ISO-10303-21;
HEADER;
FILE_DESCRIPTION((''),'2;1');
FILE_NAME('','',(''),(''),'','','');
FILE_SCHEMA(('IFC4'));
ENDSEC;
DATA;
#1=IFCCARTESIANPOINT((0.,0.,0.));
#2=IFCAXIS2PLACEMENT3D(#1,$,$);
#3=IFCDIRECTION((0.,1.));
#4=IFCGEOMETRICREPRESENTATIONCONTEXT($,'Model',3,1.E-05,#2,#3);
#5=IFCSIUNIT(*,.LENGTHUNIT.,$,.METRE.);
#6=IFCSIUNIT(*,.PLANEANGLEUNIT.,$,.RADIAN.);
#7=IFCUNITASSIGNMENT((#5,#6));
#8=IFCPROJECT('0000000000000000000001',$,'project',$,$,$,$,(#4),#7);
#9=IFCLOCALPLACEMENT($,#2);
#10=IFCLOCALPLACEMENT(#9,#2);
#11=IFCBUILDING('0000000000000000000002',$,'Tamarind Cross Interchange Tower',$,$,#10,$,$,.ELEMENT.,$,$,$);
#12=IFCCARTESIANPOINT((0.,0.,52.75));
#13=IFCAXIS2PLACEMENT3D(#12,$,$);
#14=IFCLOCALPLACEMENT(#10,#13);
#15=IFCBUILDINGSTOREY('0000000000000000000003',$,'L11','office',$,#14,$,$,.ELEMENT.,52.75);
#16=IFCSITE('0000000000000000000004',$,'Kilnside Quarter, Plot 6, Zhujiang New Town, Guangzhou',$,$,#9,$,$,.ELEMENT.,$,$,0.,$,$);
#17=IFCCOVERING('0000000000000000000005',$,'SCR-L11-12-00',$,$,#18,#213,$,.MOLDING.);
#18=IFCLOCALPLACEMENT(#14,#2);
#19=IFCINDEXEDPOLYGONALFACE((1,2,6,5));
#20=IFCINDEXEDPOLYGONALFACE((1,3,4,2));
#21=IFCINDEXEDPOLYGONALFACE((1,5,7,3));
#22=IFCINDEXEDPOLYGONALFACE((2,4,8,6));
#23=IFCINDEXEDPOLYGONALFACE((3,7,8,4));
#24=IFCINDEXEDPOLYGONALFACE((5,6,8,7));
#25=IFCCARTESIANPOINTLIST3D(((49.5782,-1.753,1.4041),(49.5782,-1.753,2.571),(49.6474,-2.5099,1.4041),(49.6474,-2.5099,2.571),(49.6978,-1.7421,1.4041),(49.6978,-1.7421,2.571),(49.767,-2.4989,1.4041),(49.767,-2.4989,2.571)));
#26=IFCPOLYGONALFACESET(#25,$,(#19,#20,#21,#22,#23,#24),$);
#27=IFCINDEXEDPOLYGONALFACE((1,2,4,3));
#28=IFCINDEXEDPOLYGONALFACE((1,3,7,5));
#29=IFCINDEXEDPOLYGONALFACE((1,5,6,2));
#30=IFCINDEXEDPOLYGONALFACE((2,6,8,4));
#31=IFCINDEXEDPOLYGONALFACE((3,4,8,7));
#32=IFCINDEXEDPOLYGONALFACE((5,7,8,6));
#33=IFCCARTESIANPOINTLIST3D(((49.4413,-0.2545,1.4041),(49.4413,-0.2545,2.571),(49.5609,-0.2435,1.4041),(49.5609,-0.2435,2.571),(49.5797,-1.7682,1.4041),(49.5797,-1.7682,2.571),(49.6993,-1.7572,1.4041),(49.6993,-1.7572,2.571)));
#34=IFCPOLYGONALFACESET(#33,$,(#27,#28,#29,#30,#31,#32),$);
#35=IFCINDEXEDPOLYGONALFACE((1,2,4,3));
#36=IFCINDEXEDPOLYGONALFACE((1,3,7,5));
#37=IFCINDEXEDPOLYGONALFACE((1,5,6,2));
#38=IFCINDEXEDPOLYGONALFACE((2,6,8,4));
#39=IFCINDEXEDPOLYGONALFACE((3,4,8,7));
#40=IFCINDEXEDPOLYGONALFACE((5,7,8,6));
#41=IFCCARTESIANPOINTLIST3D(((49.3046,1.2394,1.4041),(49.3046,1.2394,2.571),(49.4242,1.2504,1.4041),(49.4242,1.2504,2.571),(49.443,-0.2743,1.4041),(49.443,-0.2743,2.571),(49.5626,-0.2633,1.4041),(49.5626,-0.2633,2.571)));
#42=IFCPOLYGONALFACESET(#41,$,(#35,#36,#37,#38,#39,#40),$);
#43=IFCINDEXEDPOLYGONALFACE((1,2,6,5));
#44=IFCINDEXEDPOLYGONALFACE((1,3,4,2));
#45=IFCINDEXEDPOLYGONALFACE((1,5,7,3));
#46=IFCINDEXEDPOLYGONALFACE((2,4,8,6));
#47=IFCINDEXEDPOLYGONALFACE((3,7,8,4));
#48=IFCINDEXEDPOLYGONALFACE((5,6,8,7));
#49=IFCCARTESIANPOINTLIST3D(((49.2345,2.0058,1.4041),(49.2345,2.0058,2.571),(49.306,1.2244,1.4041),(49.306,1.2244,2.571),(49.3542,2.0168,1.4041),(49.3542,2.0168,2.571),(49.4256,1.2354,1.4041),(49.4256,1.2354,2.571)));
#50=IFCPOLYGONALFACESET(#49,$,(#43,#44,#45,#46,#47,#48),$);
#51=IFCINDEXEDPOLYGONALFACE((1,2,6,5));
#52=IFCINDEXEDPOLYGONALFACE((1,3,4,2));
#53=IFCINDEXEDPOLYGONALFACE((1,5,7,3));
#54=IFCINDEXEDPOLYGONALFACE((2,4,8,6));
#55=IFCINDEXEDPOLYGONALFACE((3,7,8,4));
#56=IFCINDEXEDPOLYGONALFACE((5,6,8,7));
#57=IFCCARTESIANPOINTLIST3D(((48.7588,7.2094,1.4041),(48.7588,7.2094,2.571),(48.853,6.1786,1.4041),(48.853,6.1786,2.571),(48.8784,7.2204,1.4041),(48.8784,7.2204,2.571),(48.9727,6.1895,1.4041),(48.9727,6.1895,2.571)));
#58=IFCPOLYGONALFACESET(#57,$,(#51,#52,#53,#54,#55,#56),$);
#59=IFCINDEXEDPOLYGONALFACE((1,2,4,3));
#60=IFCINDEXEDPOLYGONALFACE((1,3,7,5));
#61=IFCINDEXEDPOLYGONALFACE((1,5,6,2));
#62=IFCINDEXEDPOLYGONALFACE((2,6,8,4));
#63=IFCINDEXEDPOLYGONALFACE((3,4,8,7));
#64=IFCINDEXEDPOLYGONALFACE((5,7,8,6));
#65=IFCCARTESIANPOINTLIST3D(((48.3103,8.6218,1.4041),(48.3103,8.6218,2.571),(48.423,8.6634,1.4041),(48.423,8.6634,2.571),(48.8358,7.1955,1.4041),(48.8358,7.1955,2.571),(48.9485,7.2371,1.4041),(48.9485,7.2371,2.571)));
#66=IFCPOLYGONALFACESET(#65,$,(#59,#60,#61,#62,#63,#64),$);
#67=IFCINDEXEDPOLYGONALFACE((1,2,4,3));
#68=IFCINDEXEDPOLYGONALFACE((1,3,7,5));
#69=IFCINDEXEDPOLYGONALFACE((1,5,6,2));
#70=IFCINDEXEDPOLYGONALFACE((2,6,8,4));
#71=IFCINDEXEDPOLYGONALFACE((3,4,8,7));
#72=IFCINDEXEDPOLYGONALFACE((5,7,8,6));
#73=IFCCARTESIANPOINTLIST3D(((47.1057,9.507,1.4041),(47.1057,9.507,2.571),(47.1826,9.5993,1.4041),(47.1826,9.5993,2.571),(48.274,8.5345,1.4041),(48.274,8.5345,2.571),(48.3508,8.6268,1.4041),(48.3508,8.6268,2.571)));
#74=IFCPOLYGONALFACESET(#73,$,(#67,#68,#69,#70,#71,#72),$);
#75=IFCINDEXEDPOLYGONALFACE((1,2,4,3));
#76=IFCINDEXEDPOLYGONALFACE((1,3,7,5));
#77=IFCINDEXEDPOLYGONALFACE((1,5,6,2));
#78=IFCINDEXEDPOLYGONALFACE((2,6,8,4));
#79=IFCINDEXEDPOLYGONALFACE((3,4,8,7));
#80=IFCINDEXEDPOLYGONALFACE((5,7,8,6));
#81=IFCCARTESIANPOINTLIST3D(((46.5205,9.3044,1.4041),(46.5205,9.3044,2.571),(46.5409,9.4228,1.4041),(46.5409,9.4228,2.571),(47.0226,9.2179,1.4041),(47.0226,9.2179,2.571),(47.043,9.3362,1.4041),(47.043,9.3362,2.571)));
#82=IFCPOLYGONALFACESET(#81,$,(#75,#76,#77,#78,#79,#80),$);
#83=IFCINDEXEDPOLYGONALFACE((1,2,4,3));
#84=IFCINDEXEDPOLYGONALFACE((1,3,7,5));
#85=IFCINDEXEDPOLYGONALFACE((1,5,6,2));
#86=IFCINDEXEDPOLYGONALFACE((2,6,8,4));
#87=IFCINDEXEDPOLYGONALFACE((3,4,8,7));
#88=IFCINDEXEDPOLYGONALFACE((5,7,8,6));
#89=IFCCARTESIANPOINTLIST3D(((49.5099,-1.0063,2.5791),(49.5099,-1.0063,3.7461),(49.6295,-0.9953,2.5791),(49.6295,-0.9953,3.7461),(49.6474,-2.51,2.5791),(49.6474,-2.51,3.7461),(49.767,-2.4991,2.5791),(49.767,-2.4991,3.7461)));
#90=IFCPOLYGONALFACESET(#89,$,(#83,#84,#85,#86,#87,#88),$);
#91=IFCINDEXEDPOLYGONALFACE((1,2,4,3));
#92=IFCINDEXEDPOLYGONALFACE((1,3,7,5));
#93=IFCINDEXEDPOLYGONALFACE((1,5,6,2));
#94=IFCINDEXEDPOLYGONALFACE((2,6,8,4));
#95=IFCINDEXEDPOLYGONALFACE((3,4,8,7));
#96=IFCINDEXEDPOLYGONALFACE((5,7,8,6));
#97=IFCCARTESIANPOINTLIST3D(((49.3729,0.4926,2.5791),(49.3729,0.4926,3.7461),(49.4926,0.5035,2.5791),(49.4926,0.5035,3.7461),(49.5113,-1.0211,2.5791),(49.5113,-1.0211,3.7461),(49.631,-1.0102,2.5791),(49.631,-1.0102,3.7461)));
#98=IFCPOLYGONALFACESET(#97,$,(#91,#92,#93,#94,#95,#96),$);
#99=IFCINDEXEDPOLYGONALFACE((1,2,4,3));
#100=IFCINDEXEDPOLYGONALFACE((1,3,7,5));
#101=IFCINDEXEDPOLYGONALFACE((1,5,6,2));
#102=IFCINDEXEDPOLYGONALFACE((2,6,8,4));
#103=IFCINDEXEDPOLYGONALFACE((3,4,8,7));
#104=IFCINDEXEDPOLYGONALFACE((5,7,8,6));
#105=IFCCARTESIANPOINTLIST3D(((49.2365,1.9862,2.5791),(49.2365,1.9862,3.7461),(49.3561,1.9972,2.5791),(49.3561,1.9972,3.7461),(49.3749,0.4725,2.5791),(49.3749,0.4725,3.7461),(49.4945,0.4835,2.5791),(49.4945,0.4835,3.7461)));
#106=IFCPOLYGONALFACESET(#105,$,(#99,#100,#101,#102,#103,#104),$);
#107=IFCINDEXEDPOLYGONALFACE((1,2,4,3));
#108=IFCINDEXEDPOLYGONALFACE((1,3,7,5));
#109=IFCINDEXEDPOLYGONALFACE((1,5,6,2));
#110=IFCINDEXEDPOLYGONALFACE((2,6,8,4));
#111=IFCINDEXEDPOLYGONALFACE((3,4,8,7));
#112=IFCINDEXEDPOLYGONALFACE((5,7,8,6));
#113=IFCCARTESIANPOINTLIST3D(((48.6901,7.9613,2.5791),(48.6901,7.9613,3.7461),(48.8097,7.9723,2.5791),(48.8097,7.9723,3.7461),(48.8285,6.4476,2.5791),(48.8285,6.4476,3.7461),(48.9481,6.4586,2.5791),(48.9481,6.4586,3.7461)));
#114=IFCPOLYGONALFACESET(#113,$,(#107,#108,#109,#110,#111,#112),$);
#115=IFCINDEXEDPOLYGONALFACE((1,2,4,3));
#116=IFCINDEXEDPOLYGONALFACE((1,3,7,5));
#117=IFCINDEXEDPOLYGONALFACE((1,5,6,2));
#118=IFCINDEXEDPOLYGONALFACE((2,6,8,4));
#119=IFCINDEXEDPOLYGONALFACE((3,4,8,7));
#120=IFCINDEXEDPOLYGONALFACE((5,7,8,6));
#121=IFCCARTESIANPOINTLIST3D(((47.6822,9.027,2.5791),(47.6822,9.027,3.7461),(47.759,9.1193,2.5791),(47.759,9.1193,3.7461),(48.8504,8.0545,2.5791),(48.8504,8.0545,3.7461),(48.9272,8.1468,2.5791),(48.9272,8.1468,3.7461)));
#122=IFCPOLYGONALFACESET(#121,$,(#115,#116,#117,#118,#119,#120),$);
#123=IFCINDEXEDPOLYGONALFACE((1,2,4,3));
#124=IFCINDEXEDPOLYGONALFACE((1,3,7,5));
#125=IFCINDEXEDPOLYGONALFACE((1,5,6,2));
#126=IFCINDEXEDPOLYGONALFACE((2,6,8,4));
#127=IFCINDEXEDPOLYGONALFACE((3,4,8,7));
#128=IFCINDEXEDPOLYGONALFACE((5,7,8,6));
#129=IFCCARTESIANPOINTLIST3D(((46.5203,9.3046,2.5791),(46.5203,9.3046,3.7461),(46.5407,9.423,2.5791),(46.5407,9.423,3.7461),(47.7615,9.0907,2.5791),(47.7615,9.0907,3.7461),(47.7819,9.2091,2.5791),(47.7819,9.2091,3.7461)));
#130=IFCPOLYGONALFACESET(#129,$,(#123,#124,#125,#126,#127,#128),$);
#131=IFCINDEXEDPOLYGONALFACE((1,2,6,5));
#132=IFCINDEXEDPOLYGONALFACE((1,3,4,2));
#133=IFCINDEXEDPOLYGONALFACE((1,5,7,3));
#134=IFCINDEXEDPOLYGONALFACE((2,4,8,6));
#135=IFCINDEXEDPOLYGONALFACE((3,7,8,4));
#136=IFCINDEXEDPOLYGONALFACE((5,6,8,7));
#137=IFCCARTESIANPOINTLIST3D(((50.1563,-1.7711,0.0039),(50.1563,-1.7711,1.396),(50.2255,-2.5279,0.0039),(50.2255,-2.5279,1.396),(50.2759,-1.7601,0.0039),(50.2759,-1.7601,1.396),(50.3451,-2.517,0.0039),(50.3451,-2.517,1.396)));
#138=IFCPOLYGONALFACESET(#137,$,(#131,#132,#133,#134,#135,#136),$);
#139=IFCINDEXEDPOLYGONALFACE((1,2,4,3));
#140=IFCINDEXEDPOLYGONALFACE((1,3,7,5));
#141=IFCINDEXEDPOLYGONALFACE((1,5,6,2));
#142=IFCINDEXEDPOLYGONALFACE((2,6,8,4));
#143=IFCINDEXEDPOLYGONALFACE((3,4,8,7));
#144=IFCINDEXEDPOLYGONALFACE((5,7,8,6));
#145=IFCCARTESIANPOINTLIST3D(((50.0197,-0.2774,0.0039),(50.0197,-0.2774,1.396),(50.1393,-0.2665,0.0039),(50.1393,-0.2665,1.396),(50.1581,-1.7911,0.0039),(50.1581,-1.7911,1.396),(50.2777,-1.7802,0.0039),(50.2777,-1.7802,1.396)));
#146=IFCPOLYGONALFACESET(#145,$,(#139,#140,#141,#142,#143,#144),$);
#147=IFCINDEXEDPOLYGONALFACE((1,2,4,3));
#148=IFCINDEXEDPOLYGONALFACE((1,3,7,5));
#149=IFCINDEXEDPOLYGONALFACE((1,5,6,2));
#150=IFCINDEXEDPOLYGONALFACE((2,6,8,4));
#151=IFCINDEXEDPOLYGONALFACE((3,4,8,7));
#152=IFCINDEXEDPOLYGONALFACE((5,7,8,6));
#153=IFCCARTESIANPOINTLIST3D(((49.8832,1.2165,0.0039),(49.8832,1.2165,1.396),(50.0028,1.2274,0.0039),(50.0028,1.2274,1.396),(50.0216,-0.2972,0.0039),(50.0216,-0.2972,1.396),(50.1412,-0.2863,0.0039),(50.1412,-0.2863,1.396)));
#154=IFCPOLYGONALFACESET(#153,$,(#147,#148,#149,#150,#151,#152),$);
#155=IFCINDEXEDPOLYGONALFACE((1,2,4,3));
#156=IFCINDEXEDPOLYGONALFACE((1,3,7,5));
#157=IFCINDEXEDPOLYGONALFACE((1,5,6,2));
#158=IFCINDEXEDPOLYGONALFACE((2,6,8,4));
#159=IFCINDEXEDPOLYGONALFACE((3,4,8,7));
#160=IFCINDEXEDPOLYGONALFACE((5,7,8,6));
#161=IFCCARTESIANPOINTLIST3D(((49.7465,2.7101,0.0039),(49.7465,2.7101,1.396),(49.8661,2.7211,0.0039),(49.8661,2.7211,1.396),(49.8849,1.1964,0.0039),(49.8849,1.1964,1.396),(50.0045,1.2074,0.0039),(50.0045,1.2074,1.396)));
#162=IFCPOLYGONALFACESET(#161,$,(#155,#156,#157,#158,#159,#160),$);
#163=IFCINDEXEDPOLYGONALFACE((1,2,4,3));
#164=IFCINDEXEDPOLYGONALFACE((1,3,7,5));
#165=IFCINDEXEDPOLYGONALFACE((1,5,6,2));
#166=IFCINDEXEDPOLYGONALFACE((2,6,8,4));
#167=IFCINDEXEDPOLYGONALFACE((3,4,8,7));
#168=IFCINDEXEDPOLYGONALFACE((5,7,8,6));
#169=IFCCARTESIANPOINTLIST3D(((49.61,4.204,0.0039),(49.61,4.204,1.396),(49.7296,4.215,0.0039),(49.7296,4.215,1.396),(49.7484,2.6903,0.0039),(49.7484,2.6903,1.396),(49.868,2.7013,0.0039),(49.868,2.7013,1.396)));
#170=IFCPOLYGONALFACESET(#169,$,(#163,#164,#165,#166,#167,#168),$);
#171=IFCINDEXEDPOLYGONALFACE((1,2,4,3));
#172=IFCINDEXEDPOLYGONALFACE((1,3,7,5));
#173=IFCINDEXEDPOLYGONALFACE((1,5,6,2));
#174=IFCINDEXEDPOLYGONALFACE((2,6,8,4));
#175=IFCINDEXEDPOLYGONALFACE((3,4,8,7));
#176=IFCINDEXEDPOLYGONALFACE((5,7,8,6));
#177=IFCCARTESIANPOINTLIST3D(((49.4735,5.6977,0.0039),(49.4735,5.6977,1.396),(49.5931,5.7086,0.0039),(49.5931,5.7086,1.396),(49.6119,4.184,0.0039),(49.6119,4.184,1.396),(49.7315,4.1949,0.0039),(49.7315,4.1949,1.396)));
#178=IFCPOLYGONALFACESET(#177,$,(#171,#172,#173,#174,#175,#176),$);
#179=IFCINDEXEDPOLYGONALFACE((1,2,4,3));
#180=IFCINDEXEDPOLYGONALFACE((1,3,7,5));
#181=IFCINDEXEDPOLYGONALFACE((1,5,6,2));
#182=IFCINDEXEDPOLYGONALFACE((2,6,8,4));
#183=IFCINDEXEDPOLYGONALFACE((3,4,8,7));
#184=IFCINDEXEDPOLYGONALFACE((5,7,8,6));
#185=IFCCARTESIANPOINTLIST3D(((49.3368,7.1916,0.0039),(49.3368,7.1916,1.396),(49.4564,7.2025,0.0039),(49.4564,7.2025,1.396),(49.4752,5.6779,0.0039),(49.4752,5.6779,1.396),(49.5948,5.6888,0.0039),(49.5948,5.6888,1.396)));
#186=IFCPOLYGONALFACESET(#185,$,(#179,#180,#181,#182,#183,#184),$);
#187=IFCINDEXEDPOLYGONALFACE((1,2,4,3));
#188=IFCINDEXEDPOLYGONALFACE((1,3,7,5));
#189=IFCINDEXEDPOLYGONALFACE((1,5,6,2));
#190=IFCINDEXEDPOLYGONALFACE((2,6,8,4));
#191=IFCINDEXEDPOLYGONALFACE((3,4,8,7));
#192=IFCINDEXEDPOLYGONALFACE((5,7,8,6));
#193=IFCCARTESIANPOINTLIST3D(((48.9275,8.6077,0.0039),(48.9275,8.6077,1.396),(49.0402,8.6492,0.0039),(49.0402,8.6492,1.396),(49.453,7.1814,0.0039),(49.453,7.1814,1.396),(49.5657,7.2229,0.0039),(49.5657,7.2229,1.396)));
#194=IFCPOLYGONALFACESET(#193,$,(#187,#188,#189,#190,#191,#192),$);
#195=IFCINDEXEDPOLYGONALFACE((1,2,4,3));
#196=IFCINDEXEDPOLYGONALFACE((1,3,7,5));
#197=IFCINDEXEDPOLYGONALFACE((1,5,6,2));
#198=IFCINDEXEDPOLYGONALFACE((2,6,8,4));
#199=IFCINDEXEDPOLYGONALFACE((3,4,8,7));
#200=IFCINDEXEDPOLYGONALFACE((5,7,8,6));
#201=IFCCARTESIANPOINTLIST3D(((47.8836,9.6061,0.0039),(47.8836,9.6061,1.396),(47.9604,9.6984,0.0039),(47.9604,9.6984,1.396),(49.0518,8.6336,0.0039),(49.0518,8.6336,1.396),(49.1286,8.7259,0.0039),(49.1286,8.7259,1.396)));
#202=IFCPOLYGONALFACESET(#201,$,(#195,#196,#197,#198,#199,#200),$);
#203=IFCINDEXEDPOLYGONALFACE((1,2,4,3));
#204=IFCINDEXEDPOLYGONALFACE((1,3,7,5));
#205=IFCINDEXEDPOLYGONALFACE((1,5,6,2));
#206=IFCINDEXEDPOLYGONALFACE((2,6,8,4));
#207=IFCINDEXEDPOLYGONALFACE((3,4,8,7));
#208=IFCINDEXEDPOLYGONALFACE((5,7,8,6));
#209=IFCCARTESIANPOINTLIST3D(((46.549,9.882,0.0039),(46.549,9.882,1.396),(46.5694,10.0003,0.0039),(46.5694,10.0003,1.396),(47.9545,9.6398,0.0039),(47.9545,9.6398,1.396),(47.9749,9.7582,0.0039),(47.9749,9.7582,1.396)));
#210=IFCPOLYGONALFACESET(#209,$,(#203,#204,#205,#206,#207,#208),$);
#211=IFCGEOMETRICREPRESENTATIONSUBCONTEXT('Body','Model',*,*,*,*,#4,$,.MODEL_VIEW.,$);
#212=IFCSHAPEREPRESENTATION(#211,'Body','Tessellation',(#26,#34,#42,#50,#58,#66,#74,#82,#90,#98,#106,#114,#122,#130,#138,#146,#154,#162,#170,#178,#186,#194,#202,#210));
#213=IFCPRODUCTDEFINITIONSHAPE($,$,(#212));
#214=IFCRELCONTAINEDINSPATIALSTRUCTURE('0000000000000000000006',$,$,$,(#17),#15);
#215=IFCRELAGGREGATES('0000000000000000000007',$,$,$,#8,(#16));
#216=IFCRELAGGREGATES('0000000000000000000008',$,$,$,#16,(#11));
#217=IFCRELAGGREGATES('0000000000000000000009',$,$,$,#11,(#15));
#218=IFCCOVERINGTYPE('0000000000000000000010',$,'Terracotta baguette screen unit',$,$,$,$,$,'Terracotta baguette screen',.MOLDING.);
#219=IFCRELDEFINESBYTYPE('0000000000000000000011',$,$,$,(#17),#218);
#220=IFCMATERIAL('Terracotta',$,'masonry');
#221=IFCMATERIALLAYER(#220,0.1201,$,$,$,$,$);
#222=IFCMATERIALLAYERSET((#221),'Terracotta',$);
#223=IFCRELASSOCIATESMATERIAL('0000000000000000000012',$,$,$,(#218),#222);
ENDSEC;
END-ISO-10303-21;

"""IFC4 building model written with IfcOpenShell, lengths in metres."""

from ifc_helpers import new_model, si_unit, direction, frame, origin, origin_2d, place, context, subcontext, project, spatial, rectangle, extrude, material, layer, layer_set, type_object, element, save


model = new_model("IFC4")

# Units and contexts
model_context = context("Model", 3, precision=1e-05, world=origin(), true_north=direction((0.0, 1.0)))
body_context = subcontext(model_context, "Body", "Model", "MODEL_VIEW")
ifc_project = project(units=[si_unit("LENGTHUNIT", "METRE"), si_unit("PLANEANGLEUNIT", "RADIAN")], contexts=[model_context])

# Site, building, storey
site_placement = place(None, origin())
site = spatial("IfcSite", under=ifc_project, at=site_placement, Name="Kilnside Quarter, Plot 6, Zhujiang New Town, Guangzhou", CompositionType="ELEMENT", RefElevation=0.0)
building_placement = place(site_placement, origin())
building = spatial("IfcBuilding", under=site, at=building_placement, Name="Tamarind Cross Interchange Tower", CompositionType="ELEMENT")
storey_placement = place(building_placement, frame((0.0, 0.0, 52.75)))
storey = spatial("IfcBuildingStorey", under=building, at=storey_placement, Name="L11", Description="office", CompositionType="ELEMENT", Elevation=52.75)

# Covering
ifc_material_1 = material(Name="Terracotta", Category="masonry")
ifc_layer_1 = layer(ifc_material_1, 0.1201)
ifc_layer_set_1 = layer_set([ifc_layer_1], Name="Terracotta")
covering_type = type_object("IfcCoveringType", Name="Terracotta baguette screen unit", ElementType="Terracotta baguette screen", PredefinedType="MOLDING", material=ifc_layer_set_1)
covering_1_placement = place(storey_placement, origin())
element("IfcCovering", 1, at=covering_1_placement, inside=storey, type_object=covering_type, Name="SCR-L11-12-00", PredefinedType="MOLDING", context=body_context, shape_type="SweptSolid", body=[
    extrude(rectangle(XDim=0.76, YDim=0.1201, at=origin_2d()), frame((49.6726, -2.126, 1.4041), z_axis=(0.0, 0.0, 1.0), x_axis=(-0.09105, 0.995846, 0.0)), (0.0, 0.0, 1.0), 1.167),
    extrude(rectangle(XDim=1.52, YDim=0.1201, at=origin_2d()), frame((49.5703, -1.0059, 1.4041), z_axis=(0.0, 0.0, 1.0), x_axis=(-0.09105, 0.995846, 0.0)), (0.0, 0.0, 1.0), 1.167),
    extrude(rectangle(XDim=1.52, YDim=0.1201, at=origin_2d()), frame((49.4336, 0.488, 1.4041), z_axis=(0.0, 0.0, 1.0), x_axis=(-0.09105, 0.995846, 0.0)), (0.0, 0.0, 1.0), 1.167),
    extrude(rectangle(XDim=0.7847, YDim=0.1201, at=origin_2d()), frame((49.3301, 1.6206, 1.4041), z_axis=(0.0, 0.0, 1.0), x_axis=(-0.09105, 0.995846, 0.0)), (0.0, 0.0, 1.0), 1.167),
    extrude(rectangle(XDim=1.0352, YDim=0.1201, at=origin_2d()), frame((48.8657, 6.6995, 1.4041), z_axis=(0.0, 0.0, 1.0), x_axis=(-0.09105, 0.995846, 0.0)), (0.0, 0.0, 1.0), 1.167),
    extrude(rectangle(XDim=1.52, YDim=0.1201, at=origin_2d()), frame((48.6294, 7.9294, 1.4041), z_axis=(0.0, 0.0, 1.0), x_axis=(-0.345691, 0.938348, 0.0)), (0.0, 0.0, 1.0), 1.167),
    extrude(rectangle(XDim=1.52, YDim=0.1201, at=origin_2d()), frame((47.7283, 9.0669, 1.4041), z_axis=(0.0, 0.0, 1.0), x_axis=(-0.768552, 0.639788, 0.0)), (0.0, 0.0, 1.0), 1.167),
    extrude(rectangle(XDim=0.5095, YDim=0.1201, at=origin_2d()), frame((46.7817, 9.3203, 1.4041), z_axis=(0.0, 0.0, 1.0), x_axis=(-0.985479, 0.169797, 0.0)), (0.0, 0.0, 1.0), 1.167),
    extrude(rectangle(XDim=1.51, YDim=0.1201, at=origin_2d()), frame((49.6384, -1.7527, 2.5791), z_axis=(0.0, 0.0, 1.0), x_axis=(-0.09105, 0.995846, 0.0)), (0.0, 0.0, 1.0), 1.167),
    extrude(rectangle(XDim=1.52, YDim=0.1201, at=origin_2d()), frame((49.502, -0.2588, 2.5791), z_axis=(0.0, 0.0, 1.0), x_axis=(-0.09105, 0.995846, 0.0)), (0.0, 0.0, 1.0), 1.167),
    extrude(rectangle(XDim=1.52, YDim=0.1201, at=origin_2d()), frame((49.3655, 1.2349, 2.5791), z_axis=(0.0, 0.0, 1.0), x_axis=(-0.09105, 0.995846, 0.0)), (0.0, 0.0, 1.0), 1.167),
    extrude(rectangle(XDim=1.52, YDim=0.1201, at=origin_2d()), frame((48.8191, 7.21, 2.5791), z_axis=(0.0, 0.0, 1.0), x_axis=(-0.09105, 0.995846, 0.0)), (0.0, 0.0, 1.0), 1.167),
    extrude(rectangle(XDim=1.52, YDim=0.1201, at=origin_2d()), frame((48.3047, 8.5869, 2.5791), z_axis=(0.0, 0.0, 1.0), x_axis=(-0.768552, 0.639788, 0.0)), (0.0, 0.0, 1.0), 1.167),
    extrude(rectangle(XDim=1.2595, YDim=0.1201, at=origin_2d()), frame((47.1511, 9.2568, 2.5791), z_axis=(0.0, 0.0, 1.0), x_axis=(-0.985479, 0.169797, 0.0)), (0.0, 0.0, 1.0), 1.167),
    extrude(rectangle(XDim=0.76, YDim=0.1201, at=origin_2d()), frame((50.2507, -2.144, 0.0039), z_axis=(0.0, 0.0, 1.0), x_axis=(-0.09105, 0.995846, 0.0)), (0.0, 0.0, 1.0), 1.3921),
    extrude(rectangle(XDim=1.52, YDim=0.1201, at=origin_2d()), frame((50.1487, -1.0288, 0.0039), z_axis=(0.0, 0.0, 1.0), x_axis=(-0.09105, 0.995846, 0.0)), (0.0, 0.0, 1.0), 1.3921),
    extrude(rectangle(XDim=1.52, YDim=0.1201, at=origin_2d()), frame((50.0122, 0.4651, 0.0039), z_axis=(0.0, 0.0, 1.0), x_axis=(-0.09105, 0.995846, 0.0)), (0.0, 0.0, 1.0), 1.3921),
    extrude(rectangle(XDim=1.52, YDim=0.1201, at=origin_2d()), frame((49.8755, 1.9587, 0.0039), z_axis=(0.0, 0.0, 1.0), x_axis=(-0.09105, 0.995846, 0.0)), (0.0, 0.0, 1.0), 1.3921),
    extrude(rectangle(XDim=1.52, YDim=0.1201, at=origin_2d()), frame((49.739, 3.4526, 0.0039), z_axis=(0.0, 0.0, 1.0), x_axis=(-0.09105, 0.995846, 0.0)), (0.0, 0.0, 1.0), 1.3921),
    extrude(rectangle(XDim=1.52, YDim=0.1201, at=origin_2d()), frame((49.6025, 4.9463, 0.0039), z_axis=(0.0, 0.0, 1.0), x_axis=(-0.09105, 0.995846, 0.0)), (0.0, 0.0, 1.0), 1.3921),
    extrude(rectangle(XDim=1.52, YDim=0.1201, at=origin_2d()), frame((49.4658, 6.4402, 0.0039), z_axis=(0.0, 0.0, 1.0), x_axis=(-0.09105, 0.995846, 0.0)), (0.0, 0.0, 1.0), 1.3921),
    extrude(rectangle(XDim=1.52, YDim=0.1201, at=origin_2d()), frame((49.2466, 7.9153, 0.0039), z_axis=(0.0, 0.0, 1.0), x_axis=(-0.345691, 0.938348, 0.0)), (0.0, 0.0, 1.0), 1.3921),
    extrude(rectangle(XDim=1.52, YDim=0.1201, at=origin_2d()), frame((48.5061, 9.166, 0.0039), z_axis=(0.0, 0.0, 1.0), x_axis=(-0.768552, 0.639788, 0.0)), (0.0, 0.0, 1.0), 1.3921),
    extrude(rectangle(XDim=1.4263, YDim=0.1201, at=origin_2d()), frame((47.262, 9.8201, 0.0039), z_axis=(0.0, 0.0, 1.0), x_axis=(-0.985479, 0.169797, 0.0)), (0.0, 0.0, 1.0), 1.3921),
])

save(model, "model.ifc")
